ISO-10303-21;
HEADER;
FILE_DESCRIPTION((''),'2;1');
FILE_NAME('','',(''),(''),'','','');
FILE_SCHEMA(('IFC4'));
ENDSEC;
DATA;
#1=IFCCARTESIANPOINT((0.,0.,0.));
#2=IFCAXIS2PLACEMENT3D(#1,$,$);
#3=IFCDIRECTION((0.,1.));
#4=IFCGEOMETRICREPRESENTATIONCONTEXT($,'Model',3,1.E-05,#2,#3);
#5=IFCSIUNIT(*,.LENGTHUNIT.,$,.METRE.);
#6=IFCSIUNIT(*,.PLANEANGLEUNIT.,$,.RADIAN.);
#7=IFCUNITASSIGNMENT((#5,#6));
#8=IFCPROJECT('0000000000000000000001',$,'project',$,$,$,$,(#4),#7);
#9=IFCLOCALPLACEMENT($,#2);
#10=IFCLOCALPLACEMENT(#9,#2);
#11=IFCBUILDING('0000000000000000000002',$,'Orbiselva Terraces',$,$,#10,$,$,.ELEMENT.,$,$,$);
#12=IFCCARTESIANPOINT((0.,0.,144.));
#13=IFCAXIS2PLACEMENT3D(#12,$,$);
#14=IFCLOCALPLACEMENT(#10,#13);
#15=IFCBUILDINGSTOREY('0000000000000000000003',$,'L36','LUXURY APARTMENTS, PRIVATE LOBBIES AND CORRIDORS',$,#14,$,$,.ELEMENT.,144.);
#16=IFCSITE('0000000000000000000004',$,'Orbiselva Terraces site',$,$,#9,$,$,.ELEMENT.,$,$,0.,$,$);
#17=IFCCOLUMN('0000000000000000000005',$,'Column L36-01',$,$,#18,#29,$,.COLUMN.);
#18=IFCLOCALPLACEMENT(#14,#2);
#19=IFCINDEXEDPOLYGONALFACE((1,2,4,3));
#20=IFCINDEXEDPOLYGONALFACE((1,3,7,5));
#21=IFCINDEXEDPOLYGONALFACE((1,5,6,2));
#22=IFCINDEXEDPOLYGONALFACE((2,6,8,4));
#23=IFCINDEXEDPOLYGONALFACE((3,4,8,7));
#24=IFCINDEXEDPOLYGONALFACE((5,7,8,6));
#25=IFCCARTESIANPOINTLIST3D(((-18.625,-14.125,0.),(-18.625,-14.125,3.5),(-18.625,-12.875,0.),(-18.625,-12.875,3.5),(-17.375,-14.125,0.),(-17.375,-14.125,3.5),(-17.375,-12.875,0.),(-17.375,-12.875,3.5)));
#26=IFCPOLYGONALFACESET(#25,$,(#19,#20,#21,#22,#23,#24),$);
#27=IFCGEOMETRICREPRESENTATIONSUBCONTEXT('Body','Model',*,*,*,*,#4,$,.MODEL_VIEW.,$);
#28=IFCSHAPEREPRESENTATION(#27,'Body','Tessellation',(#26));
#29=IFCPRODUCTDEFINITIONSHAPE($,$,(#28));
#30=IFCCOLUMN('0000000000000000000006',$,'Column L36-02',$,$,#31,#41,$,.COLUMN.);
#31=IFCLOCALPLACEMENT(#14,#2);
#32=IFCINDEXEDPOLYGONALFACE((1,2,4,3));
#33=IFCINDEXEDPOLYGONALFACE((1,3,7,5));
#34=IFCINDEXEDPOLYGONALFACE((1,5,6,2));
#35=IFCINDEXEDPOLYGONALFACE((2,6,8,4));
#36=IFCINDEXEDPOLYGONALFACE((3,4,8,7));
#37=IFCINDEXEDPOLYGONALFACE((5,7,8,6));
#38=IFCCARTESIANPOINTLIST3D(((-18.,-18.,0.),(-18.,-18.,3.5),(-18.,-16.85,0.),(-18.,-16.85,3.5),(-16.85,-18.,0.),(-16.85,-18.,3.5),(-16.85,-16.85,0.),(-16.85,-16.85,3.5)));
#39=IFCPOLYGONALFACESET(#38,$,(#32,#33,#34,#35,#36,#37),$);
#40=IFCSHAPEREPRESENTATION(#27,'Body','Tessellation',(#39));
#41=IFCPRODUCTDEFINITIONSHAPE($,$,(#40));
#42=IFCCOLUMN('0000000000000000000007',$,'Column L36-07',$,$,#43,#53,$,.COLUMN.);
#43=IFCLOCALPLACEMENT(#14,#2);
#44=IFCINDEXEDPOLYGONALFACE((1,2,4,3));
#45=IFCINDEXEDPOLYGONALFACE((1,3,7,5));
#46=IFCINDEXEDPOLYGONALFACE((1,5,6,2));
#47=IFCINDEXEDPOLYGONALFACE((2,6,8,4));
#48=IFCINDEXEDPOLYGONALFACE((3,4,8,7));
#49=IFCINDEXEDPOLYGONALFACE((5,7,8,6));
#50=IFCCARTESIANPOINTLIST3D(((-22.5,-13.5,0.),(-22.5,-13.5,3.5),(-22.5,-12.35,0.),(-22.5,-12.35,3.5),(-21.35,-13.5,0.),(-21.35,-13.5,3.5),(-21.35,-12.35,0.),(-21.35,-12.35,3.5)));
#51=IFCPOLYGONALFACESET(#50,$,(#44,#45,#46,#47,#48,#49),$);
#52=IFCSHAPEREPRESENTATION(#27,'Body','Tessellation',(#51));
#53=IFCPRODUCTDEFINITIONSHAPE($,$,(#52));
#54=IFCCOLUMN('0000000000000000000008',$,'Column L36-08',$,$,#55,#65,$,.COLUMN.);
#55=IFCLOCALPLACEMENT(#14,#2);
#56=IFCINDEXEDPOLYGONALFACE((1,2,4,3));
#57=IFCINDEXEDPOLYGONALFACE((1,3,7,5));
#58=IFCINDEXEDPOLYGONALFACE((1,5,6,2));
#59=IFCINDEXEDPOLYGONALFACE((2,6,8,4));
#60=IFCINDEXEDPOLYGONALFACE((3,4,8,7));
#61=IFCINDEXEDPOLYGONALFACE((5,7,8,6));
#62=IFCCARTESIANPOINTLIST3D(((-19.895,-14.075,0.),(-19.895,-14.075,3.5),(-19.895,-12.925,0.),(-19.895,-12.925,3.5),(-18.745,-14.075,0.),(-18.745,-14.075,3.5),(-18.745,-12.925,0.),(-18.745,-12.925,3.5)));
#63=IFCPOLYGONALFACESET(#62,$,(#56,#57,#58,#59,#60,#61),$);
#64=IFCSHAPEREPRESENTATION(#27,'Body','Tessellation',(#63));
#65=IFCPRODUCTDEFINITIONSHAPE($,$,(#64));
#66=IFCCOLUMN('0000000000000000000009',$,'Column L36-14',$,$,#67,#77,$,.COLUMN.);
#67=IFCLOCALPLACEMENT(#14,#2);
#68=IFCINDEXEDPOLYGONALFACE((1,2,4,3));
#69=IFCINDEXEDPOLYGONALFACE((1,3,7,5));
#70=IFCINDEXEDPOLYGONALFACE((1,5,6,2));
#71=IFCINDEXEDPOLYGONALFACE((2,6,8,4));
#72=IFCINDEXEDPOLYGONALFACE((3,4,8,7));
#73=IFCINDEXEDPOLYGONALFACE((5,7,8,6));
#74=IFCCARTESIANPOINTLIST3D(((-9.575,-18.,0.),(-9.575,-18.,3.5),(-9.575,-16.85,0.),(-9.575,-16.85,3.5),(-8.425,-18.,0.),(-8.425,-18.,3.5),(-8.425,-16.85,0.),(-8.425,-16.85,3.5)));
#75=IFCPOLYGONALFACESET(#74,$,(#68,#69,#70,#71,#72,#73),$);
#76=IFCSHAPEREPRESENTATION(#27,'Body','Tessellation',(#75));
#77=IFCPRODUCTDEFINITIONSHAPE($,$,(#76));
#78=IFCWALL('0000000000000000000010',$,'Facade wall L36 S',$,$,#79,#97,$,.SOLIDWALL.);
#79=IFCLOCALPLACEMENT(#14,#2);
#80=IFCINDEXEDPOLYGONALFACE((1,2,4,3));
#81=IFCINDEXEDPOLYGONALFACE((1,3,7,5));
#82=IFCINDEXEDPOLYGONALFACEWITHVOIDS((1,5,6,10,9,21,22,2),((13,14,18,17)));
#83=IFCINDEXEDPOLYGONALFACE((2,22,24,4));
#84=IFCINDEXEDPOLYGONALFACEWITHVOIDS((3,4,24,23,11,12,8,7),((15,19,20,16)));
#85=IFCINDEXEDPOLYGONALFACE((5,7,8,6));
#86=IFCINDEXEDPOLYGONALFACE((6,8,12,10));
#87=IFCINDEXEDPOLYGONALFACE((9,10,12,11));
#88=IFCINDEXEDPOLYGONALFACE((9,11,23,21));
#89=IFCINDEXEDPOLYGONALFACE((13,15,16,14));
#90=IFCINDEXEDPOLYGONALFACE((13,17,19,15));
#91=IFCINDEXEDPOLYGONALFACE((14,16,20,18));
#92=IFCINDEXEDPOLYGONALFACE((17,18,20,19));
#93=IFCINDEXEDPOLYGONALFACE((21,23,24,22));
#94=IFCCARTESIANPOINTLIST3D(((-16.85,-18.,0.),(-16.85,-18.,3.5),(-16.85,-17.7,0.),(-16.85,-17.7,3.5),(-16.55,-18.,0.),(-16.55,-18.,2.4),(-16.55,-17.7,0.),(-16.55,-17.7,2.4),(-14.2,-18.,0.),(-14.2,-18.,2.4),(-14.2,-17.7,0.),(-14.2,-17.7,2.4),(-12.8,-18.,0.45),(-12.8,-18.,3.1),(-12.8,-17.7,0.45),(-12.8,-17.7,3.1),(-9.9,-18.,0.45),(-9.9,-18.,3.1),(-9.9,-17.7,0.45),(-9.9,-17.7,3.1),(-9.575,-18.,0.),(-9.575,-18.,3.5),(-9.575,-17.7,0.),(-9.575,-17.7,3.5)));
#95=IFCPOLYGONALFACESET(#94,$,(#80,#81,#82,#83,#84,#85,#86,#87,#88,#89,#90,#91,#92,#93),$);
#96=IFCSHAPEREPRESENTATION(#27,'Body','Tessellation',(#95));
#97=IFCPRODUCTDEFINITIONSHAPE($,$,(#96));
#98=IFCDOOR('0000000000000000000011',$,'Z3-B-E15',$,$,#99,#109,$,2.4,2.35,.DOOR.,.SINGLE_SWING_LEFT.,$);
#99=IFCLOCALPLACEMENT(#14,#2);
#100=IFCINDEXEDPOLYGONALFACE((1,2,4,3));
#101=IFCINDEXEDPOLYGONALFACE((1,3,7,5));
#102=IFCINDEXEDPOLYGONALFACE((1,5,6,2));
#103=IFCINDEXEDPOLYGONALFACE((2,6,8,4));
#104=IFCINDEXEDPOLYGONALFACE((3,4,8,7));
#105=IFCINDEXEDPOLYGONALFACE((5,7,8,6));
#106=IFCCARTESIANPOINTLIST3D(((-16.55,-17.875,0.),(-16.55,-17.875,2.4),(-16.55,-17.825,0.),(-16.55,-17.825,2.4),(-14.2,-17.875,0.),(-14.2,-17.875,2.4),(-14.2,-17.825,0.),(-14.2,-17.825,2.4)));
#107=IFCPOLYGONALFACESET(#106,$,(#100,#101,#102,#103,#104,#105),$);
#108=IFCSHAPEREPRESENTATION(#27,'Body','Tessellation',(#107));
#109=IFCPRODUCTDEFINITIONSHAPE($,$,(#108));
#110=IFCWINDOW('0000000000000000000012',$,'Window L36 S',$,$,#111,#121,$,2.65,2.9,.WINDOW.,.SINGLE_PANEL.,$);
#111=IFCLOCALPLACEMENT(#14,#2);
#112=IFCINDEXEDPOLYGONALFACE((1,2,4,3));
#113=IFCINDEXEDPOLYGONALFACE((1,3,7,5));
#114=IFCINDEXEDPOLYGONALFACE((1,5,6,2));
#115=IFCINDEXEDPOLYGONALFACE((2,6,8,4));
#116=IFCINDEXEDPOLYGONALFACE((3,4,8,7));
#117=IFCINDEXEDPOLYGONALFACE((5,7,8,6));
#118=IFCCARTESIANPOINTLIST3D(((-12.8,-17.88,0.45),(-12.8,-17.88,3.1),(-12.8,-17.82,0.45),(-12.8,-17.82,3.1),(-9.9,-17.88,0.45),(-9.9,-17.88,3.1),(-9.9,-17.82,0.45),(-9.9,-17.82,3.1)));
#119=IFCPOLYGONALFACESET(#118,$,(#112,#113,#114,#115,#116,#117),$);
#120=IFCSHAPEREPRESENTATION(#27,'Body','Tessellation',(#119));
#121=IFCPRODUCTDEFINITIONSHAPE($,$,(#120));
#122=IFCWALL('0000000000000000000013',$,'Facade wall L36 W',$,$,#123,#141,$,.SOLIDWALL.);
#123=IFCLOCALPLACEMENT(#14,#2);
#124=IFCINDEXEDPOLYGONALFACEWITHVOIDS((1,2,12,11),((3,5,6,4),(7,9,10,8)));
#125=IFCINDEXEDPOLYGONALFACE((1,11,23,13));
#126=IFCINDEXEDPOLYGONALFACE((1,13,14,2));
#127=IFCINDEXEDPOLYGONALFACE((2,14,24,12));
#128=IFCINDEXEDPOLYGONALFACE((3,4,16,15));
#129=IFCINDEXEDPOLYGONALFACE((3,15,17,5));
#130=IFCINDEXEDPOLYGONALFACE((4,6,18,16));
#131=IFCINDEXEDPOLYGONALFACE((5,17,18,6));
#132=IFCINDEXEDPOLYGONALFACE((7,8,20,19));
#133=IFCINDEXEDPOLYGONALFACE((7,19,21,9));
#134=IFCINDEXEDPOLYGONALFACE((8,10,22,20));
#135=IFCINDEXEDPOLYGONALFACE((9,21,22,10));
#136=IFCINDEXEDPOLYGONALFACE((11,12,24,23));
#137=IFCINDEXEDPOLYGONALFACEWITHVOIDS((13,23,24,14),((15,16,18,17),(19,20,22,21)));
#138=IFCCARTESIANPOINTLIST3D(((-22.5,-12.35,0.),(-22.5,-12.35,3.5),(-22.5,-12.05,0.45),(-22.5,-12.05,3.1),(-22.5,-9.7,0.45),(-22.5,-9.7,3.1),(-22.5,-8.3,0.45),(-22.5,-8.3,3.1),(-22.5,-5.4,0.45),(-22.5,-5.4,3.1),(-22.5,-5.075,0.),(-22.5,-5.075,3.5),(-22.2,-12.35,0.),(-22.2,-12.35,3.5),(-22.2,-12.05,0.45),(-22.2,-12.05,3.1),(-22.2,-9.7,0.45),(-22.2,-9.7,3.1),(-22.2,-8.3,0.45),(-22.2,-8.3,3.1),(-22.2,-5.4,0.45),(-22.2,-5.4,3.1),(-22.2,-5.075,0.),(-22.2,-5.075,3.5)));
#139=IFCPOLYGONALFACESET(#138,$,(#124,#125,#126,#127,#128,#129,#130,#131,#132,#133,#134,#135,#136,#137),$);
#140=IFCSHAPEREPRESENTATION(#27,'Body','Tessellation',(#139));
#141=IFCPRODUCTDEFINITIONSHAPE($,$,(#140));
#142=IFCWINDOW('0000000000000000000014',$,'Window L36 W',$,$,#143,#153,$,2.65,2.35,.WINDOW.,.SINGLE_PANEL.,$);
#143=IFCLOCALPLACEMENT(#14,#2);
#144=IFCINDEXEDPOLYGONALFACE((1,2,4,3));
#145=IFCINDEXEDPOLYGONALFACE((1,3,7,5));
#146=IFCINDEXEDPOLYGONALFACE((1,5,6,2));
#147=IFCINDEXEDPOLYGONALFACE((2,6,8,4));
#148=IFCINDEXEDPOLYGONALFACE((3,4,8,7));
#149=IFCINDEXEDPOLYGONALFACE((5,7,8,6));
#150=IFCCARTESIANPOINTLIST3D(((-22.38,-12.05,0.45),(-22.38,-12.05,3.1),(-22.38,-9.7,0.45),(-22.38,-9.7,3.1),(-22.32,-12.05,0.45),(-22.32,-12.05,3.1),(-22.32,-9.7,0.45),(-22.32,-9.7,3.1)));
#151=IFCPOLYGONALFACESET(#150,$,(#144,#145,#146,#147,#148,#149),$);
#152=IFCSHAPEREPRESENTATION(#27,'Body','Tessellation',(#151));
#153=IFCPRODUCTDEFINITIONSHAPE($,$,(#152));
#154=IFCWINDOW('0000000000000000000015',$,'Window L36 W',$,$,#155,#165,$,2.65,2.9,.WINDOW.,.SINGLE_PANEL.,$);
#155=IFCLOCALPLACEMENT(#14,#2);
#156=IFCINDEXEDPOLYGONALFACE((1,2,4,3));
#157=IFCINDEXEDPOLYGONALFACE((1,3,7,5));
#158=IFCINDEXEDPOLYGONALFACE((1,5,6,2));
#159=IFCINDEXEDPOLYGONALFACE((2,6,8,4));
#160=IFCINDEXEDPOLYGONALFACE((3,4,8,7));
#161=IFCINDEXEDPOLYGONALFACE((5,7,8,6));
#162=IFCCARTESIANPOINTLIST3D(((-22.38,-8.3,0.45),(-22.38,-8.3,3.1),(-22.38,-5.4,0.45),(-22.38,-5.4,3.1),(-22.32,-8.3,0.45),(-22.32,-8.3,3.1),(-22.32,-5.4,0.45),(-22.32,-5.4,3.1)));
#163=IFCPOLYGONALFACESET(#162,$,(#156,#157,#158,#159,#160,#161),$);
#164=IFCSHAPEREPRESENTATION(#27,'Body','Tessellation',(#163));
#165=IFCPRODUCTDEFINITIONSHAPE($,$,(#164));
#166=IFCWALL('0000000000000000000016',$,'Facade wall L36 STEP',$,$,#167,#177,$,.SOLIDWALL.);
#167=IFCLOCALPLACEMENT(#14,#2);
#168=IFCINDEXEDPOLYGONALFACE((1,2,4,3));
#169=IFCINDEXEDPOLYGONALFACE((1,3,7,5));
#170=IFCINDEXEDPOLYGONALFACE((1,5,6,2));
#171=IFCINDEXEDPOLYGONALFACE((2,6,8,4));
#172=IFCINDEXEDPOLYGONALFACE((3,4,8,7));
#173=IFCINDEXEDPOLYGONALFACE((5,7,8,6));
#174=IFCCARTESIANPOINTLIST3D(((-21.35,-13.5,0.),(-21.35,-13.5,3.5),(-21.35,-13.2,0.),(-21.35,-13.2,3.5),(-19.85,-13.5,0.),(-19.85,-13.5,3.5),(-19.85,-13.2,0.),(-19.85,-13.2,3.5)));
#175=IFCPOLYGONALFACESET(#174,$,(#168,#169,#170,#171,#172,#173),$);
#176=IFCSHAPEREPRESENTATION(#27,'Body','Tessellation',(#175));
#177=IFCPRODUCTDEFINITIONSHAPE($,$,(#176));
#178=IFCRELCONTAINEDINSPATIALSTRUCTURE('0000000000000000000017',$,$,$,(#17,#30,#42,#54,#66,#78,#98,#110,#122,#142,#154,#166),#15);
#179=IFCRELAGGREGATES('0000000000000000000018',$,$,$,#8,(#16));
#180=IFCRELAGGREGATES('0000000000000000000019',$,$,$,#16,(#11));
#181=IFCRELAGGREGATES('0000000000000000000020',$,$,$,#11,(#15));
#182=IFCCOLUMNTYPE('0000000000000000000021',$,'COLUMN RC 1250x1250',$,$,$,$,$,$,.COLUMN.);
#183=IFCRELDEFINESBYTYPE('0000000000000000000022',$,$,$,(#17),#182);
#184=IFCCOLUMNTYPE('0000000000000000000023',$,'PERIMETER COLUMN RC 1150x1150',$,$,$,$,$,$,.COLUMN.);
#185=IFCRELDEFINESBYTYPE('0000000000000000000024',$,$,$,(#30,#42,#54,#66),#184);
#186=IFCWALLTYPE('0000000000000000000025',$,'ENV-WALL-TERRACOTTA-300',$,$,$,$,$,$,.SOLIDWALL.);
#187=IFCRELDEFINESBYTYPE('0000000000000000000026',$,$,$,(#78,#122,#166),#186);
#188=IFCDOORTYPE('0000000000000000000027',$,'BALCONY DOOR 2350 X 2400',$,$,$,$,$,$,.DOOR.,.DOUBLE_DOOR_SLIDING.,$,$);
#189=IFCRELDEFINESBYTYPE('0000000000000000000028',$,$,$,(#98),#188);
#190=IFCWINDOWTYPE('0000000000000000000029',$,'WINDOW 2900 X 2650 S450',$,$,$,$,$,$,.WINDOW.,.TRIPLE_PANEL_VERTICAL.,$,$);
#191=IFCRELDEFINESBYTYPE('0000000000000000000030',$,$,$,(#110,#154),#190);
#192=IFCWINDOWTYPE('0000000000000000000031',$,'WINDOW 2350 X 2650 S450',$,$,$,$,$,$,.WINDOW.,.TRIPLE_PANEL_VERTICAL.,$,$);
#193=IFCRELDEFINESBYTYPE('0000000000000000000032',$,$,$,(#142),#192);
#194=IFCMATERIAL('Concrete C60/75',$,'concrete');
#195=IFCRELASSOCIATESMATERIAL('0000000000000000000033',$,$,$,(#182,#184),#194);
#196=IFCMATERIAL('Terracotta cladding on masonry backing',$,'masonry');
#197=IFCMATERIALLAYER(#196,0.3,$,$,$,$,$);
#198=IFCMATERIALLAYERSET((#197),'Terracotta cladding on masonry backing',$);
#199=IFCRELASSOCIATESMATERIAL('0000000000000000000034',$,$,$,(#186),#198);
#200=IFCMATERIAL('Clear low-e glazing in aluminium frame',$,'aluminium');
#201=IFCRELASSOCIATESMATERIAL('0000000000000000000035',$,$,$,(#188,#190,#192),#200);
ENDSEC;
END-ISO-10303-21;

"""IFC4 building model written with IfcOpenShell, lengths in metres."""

from ifc_helpers import new_model, si_unit, direction, frame, frame_2d, origin, origin_2d, place, context, subcontext, project, spatial, rectangle, extrude, material, layer, layer_set, material_profile, profile_set, type_object, element, fill, save


model = new_model("IFC4")

# Units and contexts
model_context = context("Model", 3, precision=1e-05, world=origin(), true_north=direction((0.0, 1.0)))
body_context = subcontext(model_context, "Body", "Model", "MODEL_VIEW")
ifc_project = project(units=[si_unit("LENGTHUNIT", "METRE"), si_unit("PLANEANGLEUNIT", "RADIAN")], contexts=[model_context])

# Site, building, storey
site_placement = place(None, origin())
site = spatial("IfcSite", under=ifc_project, at=site_placement, Name="Orbiselva Terraces site", CompositionType="ELEMENT", RefElevation=0.0)
building_placement = place(site_placement, origin())
building = spatial("IfcBuilding", under=site, at=building_placement, Name="Orbiselva Terraces", CompositionType="ELEMENT")
storey_placement = place(building_placement, frame((0.0, 0.0, 144.0)))
storey = spatial("IfcBuildingStorey", under=building, at=storey_placement, Name="L36", Description="LUXURY APARTMENTS, PRIVATE LOBBIES AND CORRIDORS", CompositionType="ELEMENT", Elevation=144.0)

# Columns
ifc_material_1 = material(Name="Concrete C60/75", Category="concrete")
ifc_material_profile_1 = material_profile(ifc_material_1, rectangle(XDim=1.25, YDim=1.25, at=origin_2d()), Name="RC 1250x1250")
ifc_profile_set_1 = profile_set([ifc_material_profile_1], Name="Concrete C60/75")
column_type_1 = type_object("IfcColumnType", Name="COLUMN RC 1250x1250", PredefinedType="COLUMN", material=ifc_profile_set_1)
column_placement = place(storey_placement, frame((-18.0, -13.5, 0.0), z_axis=(0.0, 0.0, 1.0), x_axis=(1.0, 0.0, 0.0)))
element("IfcColumn", 1, at=column_placement, inside=storey, type_object=column_type_1, Name="Column L36-01", PredefinedType="COLUMN", context=body_context, shape_type="SweptSolid", body=[
    extrude(rectangle(XDim=1.25, YDim=1.25, at=origin_2d()), origin(), (0.0, 0.0, 1.0), 3.5),
])
ifc_material_profile_2 = material_profile(ifc_material_1, rectangle(XDim=1.15, YDim=1.15, at=origin_2d()), Name="RC 1150x1150")
ifc_profile_set_2 = profile_set([ifc_material_profile_2], Name="Concrete C60/75")
column_type_2 = type_object("IfcColumnType", Name="PERIMETER COLUMN RC 1150x1150", PredefinedType="COLUMN", material=ifc_profile_set_2)
for number, where, z_axis, x_axis, name in (
    (2, (-17.425, -17.425, 0.0), (0.0, 0.0, 1.0), (1.0, 0.0, 0.0), "Column L36-02"),
    (3, (-21.925, -12.925, 0.0), (0.0, 0.0, 1.0), (1.0, 0.0, 0.0), "Column L36-07"),
    (4, (-19.32, -13.5, 0.0), (0.0, 0.0, 1.0), (1.0, 0.0, 0.0), "Column L36-08"),
    (5, (-9.0, -17.425, 0.0), (0.0, 0.0, 1.0), (1.0, 0.0, 0.0), "Column L36-14"),
):
    element("IfcColumn", number, at=place(storey_placement, frame(where, z_axis=z_axis, x_axis=x_axis)), inside=storey, type_object=column_type_2, Name=name, PredefinedType="COLUMN", context=body_context, shape_type="SweptSolid", body=[
        extrude(rectangle(XDim=1.15, YDim=1.15, at=origin_2d()), origin(), (0.0, 0.0, 1.0), 3.5),
    ])

# Wall, openings, door, window
ifc_material_2 = material(Name="Terracotta cladding on masonry backing", Category="masonry")
ifc_layer_1 = layer(ifc_material_2, 0.3)
ifc_layer_set_1 = layer_set([ifc_layer_1], Name="Terracotta cladding on masonry backing")
wall_type_1 = type_object("IfcWallType", Name="ENV-WALL-TERRACOTTA-300", PredefinedType="SOLIDWALL", material=ifc_layer_set_1)
wall_1_placement = place(storey_placement, frame((-9.575, -17.85, 0.0), z_axis=(0.0, 0.0, 1.0), x_axis=(-1.0, 0.0, 0.0)))
wall_1 = element("IfcWall", 6, at=wall_1_placement, inside=storey, type_object=wall_type_1, Name="Facade wall L36 S", PredefinedType="SOLIDWALL", context=body_context, shape_type="SweptSolid", body=[
    extrude(rectangle(XDim=7.275, YDim=0.3, at=frame_2d((3.6375, 0.0))), origin(), (0.0, 0.0, 1.0), 3.5),
])
opening_1_placement = place(wall_1_placement, frame((4.625, 0.0, 0.0)))
opening_1 = element("IfcOpeningElement", 7, at=opening_1_placement, cuts=wall_1, PredefinedType="OPENING", context=body_context, shape_type="SweptSolid", body=[
    extrude(rectangle(XDim=2.35, YDim=2.4, at=frame_2d((1.175, 1.2))), frame((0.0, 0.16, 0.0), z_axis=(0.0, -1.0, 0.0), x_axis=(1.0, 0.0, 0.0)), (0.0, 0.0, 1.0), 0.32),
])
opening_2_placement = place(wall_1_placement, frame((0.325, 0.0, 0.45)))
opening_2 = element("IfcOpeningElement", 8, at=opening_2_placement, cuts=wall_1, PredefinedType="OPENING", context=body_context, shape_type="SweptSolid", body=[
    extrude(rectangle(XDim=2.9, YDim=2.65, at=frame_2d((1.45, 1.325))), frame((0.0, 0.16, 0.0), z_axis=(0.0, -1.0, 0.0), x_axis=(1.0, 0.0, 0.0)), (0.0, 0.0, 1.0), 0.32),
])
ifc_material_3 = material(Name="Clear low-e glazing in aluminium frame", Category="aluminium")
door_type = type_object("IfcDoorType", Name="BALCONY DOOR 2350 X 2400", OperationType="DOUBLE_DOOR_SLIDING", PredefinedType="DOOR", material=ifc_material_3)
door_placement = place(opening_1_placement, origin())
door = element("IfcDoor", 9, at=door_placement, inside=storey, type_object=door_type, Name="Z3-B-E15", OperationType="SINGLE_SWING_LEFT", OverallHeight=2.4, OverallWidth=2.35, PredefinedType="DOOR", context=body_context, shape_type="SweptSolid", body=[
    extrude(rectangle(XDim=2.35, YDim=2.4, at=frame_2d((1.175, 1.2))), frame((0.0, 0.025, 0.0), z_axis=(0.0, -1.0, 0.0), x_axis=(1.0, 0.0, 0.0)), (0.0, 0.0, 1.0), 0.05),
])
fill(opening_1, door)
window_type_1 = type_object("IfcWindowType", Name="WINDOW 2900 X 2650 S450", PartitioningType="TRIPLE_PANEL_VERTICAL", PredefinedType="WINDOW", material=ifc_material_3)
window_1_placement = place(opening_2_placement, origin())
window_1 = element("IfcWindow", 10, at=window_1_placement, inside=storey, type_object=window_type_1, Name="Window L36 S", OverallHeight=2.65, OverallWidth=2.9, PartitioningType="SINGLE_PANEL", PredefinedType="WINDOW", context=body_context, shape_type="SweptSolid", body=[
    extrude(rectangle(XDim=2.9, YDim=2.65, at=frame_2d((1.45, 1.325))), frame((0.0, 0.03, 0.0), z_axis=(0.0, -1.0, 0.0), x_axis=(1.0, 0.0, 0.0)), (0.0, 0.0, 1.0), 0.06),
])
fill(opening_2, window_1)

# Wall, openings, windows
wall_2_placement = place(storey_placement, frame((-22.35, -12.35, 0.0), z_axis=(0.0, 0.0, 1.0), x_axis=(0.0, 1.0, 0.0)))
wall_2 = element("IfcWall", 11, at=wall_2_placement, inside=storey, type_object=wall_type_1, Name="Facade wall L36 W", PredefinedType="SOLIDWALL", context=body_context, shape_type="SweptSolid", body=[
    extrude(rectangle(XDim=7.275, YDim=0.3, at=frame_2d((3.6375, 0.0))), origin(), (0.0, 0.0, 1.0), 3.5),
])
opening_3_placement = place(wall_2_placement, frame((4.05, 0.0, 0.45)))
opening_3 = element("IfcOpeningElement", 12, at=opening_3_placement, cuts=wall_2, PredefinedType="OPENING", context=body_context, shape_type="SweptSolid", body=[
    extrude(rectangle(XDim=2.9, YDim=2.65, at=frame_2d((1.45, 1.325))), frame((0.0, 0.16, 0.0), z_axis=(0.0, -1.0, 0.0), x_axis=(1.0, 0.0, 0.0)), (0.0, 0.0, 1.0), 0.32),
])
opening_4_placement = place(wall_2_placement, frame((0.3, 0.0, 0.45)))
opening_4 = element("IfcOpeningElement", 13, at=opening_4_placement, cuts=wall_2, PredefinedType="OPENING", context=body_context, shape_type="SweptSolid", body=[
    extrude(rectangle(XDim=2.35, YDim=2.65, at=frame_2d((1.175, 1.325))), frame((0.0, 0.16, 0.0), z_axis=(0.0, -1.0, 0.0), x_axis=(1.0, 0.0, 0.0)), (0.0, 0.0, 1.0), 0.32),
])
window_type_2 = type_object("IfcWindowType", Name="WINDOW 2350 X 2650 S450", PartitioningType="TRIPLE_PANEL_VERTICAL", PredefinedType="WINDOW", material=ifc_material_3)
window_2_placement = place(opening_4_placement, origin())
window_2 = element("IfcWindow", 14, at=window_2_placement, inside=storey, type_object=window_type_2, Name="Window L36 W", OverallHeight=2.65, OverallWidth=2.35, PartitioningType="SINGLE_PANEL", PredefinedType="WINDOW", context=body_context, shape_type="SweptSolid", body=[
    extrude(rectangle(XDim=2.35, YDim=2.65, at=frame_2d((1.175, 1.325))), frame((0.0, 0.03, 0.0), z_axis=(0.0, -1.0, 0.0), x_axis=(1.0, 0.0, 0.0)), (0.0, 0.0, 1.0), 0.06),
])
fill(opening_4, window_2)
window_3_placement = place(opening_3_placement, origin())
window_3 = element("IfcWindow", 15, at=window_3_placement, inside=storey, type_object=window_type_1, Name="Window L36 W", OverallHeight=2.65, OverallWidth=2.9, PartitioningType="SINGLE_PANEL", PredefinedType="WINDOW", context=body_context, shape_type="SweptSolid", body=[
    extrude(rectangle(XDim=2.9, YDim=2.65, at=frame_2d((1.45, 1.325))), frame((0.0, 0.03, 0.0), z_axis=(0.0, -1.0, 0.0), x_axis=(1.0, 0.0, 0.0)), (0.0, 0.0, 1.0), 0.06),
])
fill(opening_3, window_3)

# Wall
wall_3_placement = place(storey_placement, frame((-19.85, -13.35, 0.0), z_axis=(0.0, 0.0, 1.0), x_axis=(-1.0, 0.0, 0.0)))
element("IfcWall", 16, at=wall_3_placement, inside=storey, type_object=wall_type_1, Name="Facade wall L36 STEP", PredefinedType="SOLIDWALL", context=body_context, shape_type="SweptSolid", body=[
    extrude(rectangle(XDim=1.5, YDim=0.3, at=frame_2d((0.75, 0.0))), origin(), (0.0, 0.0, 1.0), 3.5),
])

save(model, "model.ifc")
